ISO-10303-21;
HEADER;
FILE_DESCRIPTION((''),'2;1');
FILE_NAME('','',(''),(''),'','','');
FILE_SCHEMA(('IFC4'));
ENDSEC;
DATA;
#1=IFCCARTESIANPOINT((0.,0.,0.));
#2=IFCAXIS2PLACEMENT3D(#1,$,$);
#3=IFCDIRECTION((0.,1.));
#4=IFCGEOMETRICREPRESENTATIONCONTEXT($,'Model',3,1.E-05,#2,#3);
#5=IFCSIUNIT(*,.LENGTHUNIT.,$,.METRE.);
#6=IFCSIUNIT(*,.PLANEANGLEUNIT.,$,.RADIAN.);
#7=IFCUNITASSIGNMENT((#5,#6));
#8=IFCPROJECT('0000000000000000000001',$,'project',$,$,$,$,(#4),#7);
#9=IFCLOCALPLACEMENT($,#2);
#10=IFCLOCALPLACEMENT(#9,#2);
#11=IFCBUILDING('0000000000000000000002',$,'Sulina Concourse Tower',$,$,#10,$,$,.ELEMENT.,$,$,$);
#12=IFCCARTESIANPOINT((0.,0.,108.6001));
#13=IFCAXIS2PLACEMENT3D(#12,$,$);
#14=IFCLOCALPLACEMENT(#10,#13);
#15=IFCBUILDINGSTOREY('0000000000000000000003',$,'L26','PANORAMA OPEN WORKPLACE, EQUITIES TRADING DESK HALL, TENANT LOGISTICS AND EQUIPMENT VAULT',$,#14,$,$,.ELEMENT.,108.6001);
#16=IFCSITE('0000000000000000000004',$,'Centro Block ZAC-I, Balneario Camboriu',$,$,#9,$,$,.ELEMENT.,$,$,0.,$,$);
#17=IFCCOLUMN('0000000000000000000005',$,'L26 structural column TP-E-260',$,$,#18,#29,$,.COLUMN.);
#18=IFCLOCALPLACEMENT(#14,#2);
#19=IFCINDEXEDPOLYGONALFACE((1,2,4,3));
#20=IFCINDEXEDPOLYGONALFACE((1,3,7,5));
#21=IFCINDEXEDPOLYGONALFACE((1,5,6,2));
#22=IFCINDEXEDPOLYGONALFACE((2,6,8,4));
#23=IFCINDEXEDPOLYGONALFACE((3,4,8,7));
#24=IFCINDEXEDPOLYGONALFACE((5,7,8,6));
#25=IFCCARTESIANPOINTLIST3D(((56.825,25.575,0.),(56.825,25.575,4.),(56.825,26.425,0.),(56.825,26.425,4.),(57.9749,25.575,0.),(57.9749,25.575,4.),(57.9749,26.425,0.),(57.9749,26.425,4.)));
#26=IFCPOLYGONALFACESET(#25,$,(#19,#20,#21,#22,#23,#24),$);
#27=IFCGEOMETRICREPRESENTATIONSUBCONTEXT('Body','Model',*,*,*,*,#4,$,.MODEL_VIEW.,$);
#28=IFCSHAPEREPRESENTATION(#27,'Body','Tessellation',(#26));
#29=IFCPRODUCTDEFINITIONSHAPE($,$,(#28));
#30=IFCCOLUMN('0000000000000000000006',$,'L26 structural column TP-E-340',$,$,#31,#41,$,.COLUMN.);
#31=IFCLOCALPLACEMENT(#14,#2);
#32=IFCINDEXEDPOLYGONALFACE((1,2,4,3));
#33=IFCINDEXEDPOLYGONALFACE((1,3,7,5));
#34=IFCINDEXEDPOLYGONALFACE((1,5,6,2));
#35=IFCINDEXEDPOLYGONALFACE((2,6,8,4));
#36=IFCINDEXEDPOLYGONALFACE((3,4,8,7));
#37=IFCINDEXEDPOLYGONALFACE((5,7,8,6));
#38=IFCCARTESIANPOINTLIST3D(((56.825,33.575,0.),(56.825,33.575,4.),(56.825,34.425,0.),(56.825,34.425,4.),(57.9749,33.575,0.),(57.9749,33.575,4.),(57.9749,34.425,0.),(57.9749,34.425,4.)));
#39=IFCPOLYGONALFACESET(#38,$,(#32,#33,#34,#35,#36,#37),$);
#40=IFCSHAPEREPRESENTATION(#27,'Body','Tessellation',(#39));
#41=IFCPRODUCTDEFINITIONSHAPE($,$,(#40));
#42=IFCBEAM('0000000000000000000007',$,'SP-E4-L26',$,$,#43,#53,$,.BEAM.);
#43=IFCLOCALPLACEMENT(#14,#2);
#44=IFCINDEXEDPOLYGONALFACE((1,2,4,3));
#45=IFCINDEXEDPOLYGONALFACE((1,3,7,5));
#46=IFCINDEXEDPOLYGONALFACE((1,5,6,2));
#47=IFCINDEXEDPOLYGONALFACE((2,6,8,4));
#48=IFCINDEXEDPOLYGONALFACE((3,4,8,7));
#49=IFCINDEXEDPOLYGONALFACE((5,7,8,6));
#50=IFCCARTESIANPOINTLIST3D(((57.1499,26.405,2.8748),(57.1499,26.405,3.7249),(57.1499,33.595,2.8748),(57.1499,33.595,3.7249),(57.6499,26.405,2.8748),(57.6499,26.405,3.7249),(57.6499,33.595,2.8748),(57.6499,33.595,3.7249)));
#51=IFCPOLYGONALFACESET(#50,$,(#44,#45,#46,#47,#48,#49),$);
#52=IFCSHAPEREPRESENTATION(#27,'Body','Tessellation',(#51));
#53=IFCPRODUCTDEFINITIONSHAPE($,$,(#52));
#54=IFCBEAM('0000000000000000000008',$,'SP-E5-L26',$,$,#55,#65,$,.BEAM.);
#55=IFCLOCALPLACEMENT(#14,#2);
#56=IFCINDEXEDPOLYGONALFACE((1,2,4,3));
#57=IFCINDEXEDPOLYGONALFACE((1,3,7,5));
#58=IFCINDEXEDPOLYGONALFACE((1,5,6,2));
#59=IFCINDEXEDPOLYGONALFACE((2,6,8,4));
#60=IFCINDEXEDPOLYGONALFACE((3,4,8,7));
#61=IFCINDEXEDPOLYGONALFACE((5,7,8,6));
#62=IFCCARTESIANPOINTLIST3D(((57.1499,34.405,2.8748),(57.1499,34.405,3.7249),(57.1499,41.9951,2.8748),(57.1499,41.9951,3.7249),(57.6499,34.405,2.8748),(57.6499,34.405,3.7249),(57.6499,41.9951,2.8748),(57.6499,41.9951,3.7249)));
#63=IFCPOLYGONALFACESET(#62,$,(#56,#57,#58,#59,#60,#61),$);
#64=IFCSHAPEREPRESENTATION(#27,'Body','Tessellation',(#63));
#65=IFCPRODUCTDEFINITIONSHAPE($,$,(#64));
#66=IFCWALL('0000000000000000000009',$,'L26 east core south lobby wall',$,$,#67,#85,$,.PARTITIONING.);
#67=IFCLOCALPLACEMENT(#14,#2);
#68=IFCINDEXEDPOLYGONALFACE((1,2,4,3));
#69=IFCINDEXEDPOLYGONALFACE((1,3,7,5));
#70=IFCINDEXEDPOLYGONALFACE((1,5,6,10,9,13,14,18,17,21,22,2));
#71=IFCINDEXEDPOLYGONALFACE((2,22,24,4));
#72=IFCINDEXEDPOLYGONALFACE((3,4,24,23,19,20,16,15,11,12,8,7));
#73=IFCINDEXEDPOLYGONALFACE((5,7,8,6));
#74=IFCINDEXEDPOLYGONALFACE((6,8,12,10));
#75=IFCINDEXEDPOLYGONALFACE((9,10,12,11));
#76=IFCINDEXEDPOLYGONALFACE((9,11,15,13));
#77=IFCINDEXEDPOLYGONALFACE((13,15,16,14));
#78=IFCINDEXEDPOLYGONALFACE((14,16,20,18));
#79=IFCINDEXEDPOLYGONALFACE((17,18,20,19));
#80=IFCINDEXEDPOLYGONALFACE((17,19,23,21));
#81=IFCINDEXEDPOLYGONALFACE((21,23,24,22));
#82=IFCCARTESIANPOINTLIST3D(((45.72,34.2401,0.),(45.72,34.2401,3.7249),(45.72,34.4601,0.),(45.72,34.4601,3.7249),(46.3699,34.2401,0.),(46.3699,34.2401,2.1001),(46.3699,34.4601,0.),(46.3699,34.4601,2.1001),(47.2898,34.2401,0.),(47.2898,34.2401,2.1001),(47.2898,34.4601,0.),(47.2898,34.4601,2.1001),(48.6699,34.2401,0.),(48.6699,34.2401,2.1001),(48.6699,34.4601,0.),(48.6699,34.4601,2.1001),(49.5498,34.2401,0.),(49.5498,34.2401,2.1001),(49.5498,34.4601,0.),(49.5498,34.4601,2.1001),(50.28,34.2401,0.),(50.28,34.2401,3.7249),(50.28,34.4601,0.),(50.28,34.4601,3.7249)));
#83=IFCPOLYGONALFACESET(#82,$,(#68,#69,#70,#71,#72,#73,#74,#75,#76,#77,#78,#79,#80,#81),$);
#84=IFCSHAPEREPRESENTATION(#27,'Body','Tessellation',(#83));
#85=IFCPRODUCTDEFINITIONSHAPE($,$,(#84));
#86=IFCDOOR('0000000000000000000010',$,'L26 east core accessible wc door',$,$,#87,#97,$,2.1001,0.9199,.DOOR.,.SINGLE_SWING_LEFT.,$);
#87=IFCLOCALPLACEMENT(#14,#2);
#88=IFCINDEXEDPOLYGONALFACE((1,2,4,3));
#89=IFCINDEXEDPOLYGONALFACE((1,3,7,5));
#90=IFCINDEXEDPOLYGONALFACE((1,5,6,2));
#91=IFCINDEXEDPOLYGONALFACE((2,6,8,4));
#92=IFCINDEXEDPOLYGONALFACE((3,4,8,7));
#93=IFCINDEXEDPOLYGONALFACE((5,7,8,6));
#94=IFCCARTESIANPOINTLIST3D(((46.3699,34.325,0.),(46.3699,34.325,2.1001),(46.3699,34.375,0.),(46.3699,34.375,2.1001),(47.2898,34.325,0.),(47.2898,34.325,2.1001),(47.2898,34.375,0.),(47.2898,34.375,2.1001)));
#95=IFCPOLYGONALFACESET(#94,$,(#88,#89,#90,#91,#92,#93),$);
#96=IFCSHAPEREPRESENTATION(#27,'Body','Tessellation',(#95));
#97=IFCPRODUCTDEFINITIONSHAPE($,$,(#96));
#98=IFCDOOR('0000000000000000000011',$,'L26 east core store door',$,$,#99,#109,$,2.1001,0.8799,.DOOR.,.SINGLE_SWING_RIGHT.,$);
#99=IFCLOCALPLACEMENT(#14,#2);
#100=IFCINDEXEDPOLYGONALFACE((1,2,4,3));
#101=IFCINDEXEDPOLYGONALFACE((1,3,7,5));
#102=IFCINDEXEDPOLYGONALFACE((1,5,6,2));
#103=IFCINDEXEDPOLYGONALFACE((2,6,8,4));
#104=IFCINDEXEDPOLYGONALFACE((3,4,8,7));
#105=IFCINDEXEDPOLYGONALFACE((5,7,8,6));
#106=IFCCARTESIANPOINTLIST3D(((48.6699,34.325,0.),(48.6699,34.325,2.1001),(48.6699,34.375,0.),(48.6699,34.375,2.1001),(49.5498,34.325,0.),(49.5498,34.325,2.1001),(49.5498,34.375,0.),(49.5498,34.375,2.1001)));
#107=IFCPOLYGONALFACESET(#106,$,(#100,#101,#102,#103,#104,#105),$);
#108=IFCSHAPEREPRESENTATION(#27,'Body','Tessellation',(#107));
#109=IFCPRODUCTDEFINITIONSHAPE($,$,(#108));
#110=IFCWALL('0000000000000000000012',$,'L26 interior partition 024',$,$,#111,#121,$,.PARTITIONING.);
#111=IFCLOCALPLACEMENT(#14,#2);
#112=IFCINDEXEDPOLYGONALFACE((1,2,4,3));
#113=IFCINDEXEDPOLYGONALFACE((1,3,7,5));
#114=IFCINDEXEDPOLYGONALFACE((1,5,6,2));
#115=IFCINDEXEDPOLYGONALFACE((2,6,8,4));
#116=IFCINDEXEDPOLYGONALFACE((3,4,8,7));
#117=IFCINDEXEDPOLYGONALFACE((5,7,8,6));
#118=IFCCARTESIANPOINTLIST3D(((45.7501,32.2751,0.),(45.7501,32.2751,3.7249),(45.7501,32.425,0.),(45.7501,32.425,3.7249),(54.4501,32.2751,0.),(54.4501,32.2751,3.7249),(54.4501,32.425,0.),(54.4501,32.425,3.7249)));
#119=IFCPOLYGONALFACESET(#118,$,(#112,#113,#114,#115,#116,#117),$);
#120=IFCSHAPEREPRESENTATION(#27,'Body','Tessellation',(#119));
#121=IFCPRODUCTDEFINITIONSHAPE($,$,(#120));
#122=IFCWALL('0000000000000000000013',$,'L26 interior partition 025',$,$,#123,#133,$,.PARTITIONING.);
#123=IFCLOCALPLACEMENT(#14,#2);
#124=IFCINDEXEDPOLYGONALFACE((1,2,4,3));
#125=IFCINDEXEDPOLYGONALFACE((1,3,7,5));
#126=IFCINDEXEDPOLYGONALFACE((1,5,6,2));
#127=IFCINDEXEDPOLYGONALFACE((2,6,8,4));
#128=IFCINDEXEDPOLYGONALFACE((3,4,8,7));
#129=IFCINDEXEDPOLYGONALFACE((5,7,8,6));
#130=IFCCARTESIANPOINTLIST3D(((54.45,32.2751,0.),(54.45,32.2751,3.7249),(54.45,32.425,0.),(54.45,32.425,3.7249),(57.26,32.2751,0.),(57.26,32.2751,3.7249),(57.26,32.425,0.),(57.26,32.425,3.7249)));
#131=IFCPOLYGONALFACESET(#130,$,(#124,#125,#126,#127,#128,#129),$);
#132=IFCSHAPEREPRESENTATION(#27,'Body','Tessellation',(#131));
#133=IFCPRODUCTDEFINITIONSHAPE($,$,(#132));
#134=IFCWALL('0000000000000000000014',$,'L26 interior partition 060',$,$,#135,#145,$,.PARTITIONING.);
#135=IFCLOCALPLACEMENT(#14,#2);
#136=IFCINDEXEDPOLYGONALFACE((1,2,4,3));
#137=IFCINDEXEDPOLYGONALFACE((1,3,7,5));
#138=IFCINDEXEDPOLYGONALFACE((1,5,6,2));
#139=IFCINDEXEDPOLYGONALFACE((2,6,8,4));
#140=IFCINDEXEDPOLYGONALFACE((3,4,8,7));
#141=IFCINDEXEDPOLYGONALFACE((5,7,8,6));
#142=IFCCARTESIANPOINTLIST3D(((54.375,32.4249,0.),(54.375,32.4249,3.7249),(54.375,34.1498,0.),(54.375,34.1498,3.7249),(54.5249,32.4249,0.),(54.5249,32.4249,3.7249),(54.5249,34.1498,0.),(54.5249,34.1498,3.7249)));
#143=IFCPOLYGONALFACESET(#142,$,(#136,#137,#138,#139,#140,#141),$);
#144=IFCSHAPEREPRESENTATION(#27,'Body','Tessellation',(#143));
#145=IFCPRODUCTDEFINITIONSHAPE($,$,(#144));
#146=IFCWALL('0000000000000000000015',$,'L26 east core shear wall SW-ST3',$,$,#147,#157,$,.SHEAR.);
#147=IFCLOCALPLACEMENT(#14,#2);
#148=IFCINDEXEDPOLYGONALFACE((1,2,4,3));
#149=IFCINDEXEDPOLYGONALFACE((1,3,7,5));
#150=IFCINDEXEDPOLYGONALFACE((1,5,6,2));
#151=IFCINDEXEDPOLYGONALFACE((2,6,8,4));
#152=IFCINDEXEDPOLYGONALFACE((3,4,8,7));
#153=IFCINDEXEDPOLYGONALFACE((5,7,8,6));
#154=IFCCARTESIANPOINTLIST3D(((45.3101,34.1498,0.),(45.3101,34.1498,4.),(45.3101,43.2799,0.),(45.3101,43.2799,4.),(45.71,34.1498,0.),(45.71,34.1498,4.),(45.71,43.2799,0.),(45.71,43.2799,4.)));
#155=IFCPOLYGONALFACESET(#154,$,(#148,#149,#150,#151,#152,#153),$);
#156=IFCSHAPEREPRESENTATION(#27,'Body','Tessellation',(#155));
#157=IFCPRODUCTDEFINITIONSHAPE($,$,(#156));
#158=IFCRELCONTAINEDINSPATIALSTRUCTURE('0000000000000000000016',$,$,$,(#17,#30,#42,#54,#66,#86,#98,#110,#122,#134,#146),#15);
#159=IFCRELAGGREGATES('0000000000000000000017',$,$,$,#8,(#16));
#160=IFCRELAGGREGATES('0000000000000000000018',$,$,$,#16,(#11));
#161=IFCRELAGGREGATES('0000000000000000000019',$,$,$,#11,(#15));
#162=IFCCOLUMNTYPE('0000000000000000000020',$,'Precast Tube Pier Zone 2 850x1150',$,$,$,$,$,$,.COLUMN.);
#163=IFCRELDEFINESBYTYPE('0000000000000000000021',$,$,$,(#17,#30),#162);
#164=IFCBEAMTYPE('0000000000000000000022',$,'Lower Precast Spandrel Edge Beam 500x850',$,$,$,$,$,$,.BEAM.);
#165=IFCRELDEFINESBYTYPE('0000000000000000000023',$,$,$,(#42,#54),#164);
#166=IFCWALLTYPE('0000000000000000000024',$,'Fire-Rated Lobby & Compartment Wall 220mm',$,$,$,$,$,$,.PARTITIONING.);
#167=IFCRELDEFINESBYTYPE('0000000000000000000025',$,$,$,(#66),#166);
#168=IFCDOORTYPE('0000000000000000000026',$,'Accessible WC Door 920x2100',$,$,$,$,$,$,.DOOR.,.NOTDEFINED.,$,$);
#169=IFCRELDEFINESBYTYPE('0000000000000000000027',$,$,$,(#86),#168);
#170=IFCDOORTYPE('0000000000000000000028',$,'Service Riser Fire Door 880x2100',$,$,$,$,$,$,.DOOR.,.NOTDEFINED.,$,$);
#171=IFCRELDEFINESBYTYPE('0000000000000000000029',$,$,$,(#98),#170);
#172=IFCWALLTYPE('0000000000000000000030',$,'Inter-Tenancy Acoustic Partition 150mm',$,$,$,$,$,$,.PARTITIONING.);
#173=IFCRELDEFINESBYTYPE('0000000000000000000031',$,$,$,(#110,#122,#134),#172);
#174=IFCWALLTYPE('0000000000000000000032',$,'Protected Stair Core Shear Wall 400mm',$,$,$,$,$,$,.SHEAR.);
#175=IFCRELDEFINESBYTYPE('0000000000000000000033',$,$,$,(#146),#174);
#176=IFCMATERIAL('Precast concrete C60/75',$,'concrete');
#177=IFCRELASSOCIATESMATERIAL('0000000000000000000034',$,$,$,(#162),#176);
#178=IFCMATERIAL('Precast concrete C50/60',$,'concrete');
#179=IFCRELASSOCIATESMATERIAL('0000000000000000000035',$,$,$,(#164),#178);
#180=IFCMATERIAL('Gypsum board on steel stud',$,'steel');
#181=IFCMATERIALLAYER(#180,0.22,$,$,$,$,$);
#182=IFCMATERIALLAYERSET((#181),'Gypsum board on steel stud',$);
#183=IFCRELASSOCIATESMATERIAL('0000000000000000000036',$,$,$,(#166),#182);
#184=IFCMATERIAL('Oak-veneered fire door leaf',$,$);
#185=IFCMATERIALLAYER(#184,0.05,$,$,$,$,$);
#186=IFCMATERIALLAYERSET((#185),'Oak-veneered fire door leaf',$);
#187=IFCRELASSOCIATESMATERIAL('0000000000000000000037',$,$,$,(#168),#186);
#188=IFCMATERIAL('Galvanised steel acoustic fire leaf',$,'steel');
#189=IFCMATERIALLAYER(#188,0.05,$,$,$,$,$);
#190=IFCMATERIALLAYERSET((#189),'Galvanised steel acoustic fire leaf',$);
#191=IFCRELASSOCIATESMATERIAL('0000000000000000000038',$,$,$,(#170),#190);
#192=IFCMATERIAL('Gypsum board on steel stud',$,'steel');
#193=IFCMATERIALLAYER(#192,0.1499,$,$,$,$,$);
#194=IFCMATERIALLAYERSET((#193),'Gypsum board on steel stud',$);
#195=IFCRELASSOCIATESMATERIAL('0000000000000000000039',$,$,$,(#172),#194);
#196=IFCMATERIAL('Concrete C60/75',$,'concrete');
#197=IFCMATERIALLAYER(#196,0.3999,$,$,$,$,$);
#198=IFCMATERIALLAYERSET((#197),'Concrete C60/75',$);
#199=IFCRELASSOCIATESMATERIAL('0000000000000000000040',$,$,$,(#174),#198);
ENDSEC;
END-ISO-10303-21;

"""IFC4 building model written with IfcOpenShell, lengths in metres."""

from ifc_helpers import new_model, si_unit, direction, frame, frame_2d, origin, origin_2d, place, context, subcontext, project, spatial, rectangle, extrude, material, layer, layer_set, material_profile, profile_set, type_object, element, fill, save


model = new_model("IFC4")

# Units and contexts
model_context = context("Model", 3, precision=1e-05, world=origin(), true_north=direction((0.0, 1.0)))
body_context = subcontext(model_context, "Body", "Model", "MODEL_VIEW")
ifc_project = project(units=[si_unit("LENGTHUNIT", "METRE"), si_unit("PLANEANGLEUNIT", "RADIAN")], contexts=[model_context])

# Site, building, storey
site_placement = place(None, origin())
site = spatial("IfcSite", under=ifc_project, at=site_placement, Name="Centro Block ZAC-I, Balneario Camboriu", CompositionType="ELEMENT", RefElevation=0.0)
building_placement = place(site_placement, origin())
building = spatial("IfcBuilding", under=site, at=building_placement, Name="Sulina Concourse Tower", CompositionType="ELEMENT")
storey_placement = place(building_placement, frame((0.0, 0.0, 108.6001)))
storey = spatial("IfcBuildingStorey", under=building, at=storey_placement, Name="L26", Description="PANORAMA OPEN WORKPLACE, EQUITIES TRADING DESK HALL, TENANT LOGISTICS AND EQUIPMENT VAULT", CompositionType="ELEMENT", Elevation=108.6001)

# Columns
ifc_material_1 = material(Name="Precast concrete C60/75", Category="concrete")
ifc_material_profile_1 = material_profile(ifc_material_1, rectangle(XDim=0.8501, YDim=1.1499, at=origin_2d()), Name="PC 850x1150")
ifc_profile_set_1 = profile_set([ifc_material_profile_1], Name="Precast concrete C60/75")
column_type = type_object("IfcColumnType", Name="Precast Tube Pier Zone 2 850x1150", PredefinedType="COLUMN", material=ifc_profile_set_1)
for number, where, z_axis, x_axis, name in (
    (1, (57.3999, 26.0, 0.0), (0.0, 0.0, 1.0), (0.0, 1.0, 0.0), "L26 structural column TP-E-260"),
    (2, (57.3999, 34.0, 0.0), (0.0, 0.0, 1.0), (0.0, 1.0, 0.0), "L26 structural column TP-E-340"),
):
    element("IfcColumn", number, at=place(storey_placement, frame(where, z_axis=z_axis, x_axis=x_axis)), inside=storey, type_object=column_type, Name=name, PredefinedType="COLUMN", context=body_context, shape_type="SweptSolid", body=[
        extrude(rectangle(XDim=0.8501, YDim=1.1499, at=origin_2d()), origin(), (0.0, 0.0, 1.0), 4.0),
    ])

# Beams
ifc_material_2 = material(Name="Precast concrete C50/60", Category="concrete")
ifc_material_profile_2 = material_profile(ifc_material_2, rectangle(XDim=0.5, YDim=0.8501, at=origin_2d()), Name="RC 500x850")
ifc_profile_set_2 = profile_set([ifc_material_profile_2], Name="Precast concrete C50/60")
beam_type = type_object("IfcBeamType", Name="Lower Precast Spandrel Edge Beam 500x850", PredefinedType="BEAM", material=ifc_profile_set_2)
beam_1_placement = place(storey_placement, frame((57.3999, 26.405, 3.2998), z_axis=(0.0, 1.0, 0.0), x_axis=(-1.0, 0.0, 0.0)))
element("IfcBeam", 3, at=beam_1_placement, inside=storey, type_object=beam_type, Name="SP-E4-L26", PredefinedType="BEAM", context=body_context, shape_type="SweptSolid", body=[
    extrude(rectangle(XDim=0.5, YDim=0.8501, at=origin_2d()), origin(), (0.0, 0.0, 1.0), 7.1899),
])
beam_2_placement = place(storey_placement, frame((57.3999, 34.405, 3.2998), z_axis=(0.0, 1.0, 0.0), x_axis=(-1.0, 0.0, 0.0)))
element("IfcBeam", 4, at=beam_2_placement, inside=storey, type_object=beam_type, Name="SP-E5-L26", PredefinedType="BEAM", context=body_context, shape_type="SweptSolid", body=[
    extrude(rectangle(XDim=0.5, YDim=0.8501, at=origin_2d()), origin(), (0.0, 0.0, 1.0), 7.5901),
])

# Wall, openings, doors
ifc_material_3 = material(Name="Gypsum board on steel stud", Category="steel")
ifc_layer_1 = layer(ifc_material_3, 0.22)
ifc_layer_set_1 = layer_set([ifc_layer_1], Name="Gypsum board on steel stud")
wall_type_1 = type_object("IfcWallType", Name="Fire-Rated Lobby & Compartment Wall 220mm", PredefinedType="PARTITIONING", material=ifc_layer_set_1)
wall_1_placement = place(storey_placement, frame((45.72, 34.3501, 0.0), z_axis=(0.0, 0.0, 1.0), x_axis=(1.0, 0.0, 0.0)))
wall_1 = element("IfcWall", 5, at=wall_1_placement, inside=storey, type_object=wall_type_1, Name="L26 east core south lobby wall", PredefinedType="PARTITIONING", context=body_context, shape_type="SweptSolid", body=[
    extrude(rectangle(XDim=4.5601, YDim=0.22, at=frame_2d((2.28, 0.0))), origin(), (0.0, 0.0, 1.0), 3.7249),
])
opening_1_placement = place(wall_1_placement, frame((0.6499, 0.0, 0.0)))
opening_1 = element("IfcOpeningElement", 6, at=opening_1_placement, cuts=wall_1, PredefinedType="OPENING", context=body_context, shape_type="SweptSolid", body=[
    extrude(rectangle(XDim=0.9199, YDim=2.1001, at=frame_2d((0.46, 1.05))), frame((0.0, 0.1199, 0.0), z_axis=(0.0, -1.0, 0.0), x_axis=(1.0, 0.0, 0.0)), (0.0, 0.0, 1.0), 0.24),
])
opening_2_placement = place(wall_1_placement, frame((2.95, 0.0, 0.0)))
opening_2 = element("IfcOpeningElement", 7, at=opening_2_placement, cuts=wall_1, PredefinedType="OPENING", context=body_context, shape_type="SweptSolid", body=[
    extrude(rectangle(XDim=0.8799, YDim=2.1001, at=frame_2d((0.4399, 1.05))), frame((0.0, 0.1199, 0.0), z_axis=(0.0, -1.0, 0.0), x_axis=(1.0, 0.0, 0.0)), (0.0, 0.0, 1.0), 0.24),
])
ifc_material_4 = material(Name="Oak-veneered fire door leaf")
ifc_layer_2 = layer(ifc_material_4, 0.05)
ifc_layer_set_2 = layer_set([ifc_layer_2], Name="Oak-veneered fire door leaf")
door_type_1 = type_object("IfcDoorType", Name="Accessible WC Door 920x2100", OperationType="NOTDEFINED", PredefinedType="DOOR", material=ifc_layer_set_2)
door_1_placement = place(opening_1_placement, origin())
door_1 = element("IfcDoor", 8, at=door_1_placement, inside=storey, type_object=door_type_1, Name="L26 east core accessible wc door", OperationType="SINGLE_SWING_LEFT", OverallHeight=2.1001, OverallWidth=0.9199, PredefinedType="DOOR", context=body_context, shape_type="SweptSolid", body=[
    extrude(rectangle(XDim=0.9199, YDim=2.1001, at=frame_2d((0.46, 1.05))), frame((0.0, 0.0249, 0.0), z_axis=(0.0, -1.0, 0.0), x_axis=(1.0, 0.0, 0.0)), (0.0, 0.0, 1.0), 0.05),
])
fill(opening_1, door_1)
ifc_material_5 = material(Name="Galvanised steel acoustic fire leaf", Category="steel")
ifc_layer_3 = layer(ifc_material_5, 0.05)
ifc_layer_set_3 = layer_set([ifc_layer_3], Name="Galvanised steel acoustic fire leaf")
door_type_2 = type_object("IfcDoorType", Name="Service Riser Fire Door 880x2100", OperationType="NOTDEFINED", PredefinedType="DOOR", material=ifc_layer_set_3)
door_2_placement = place(opening_2_placement, origin())
door_2 = element("IfcDoor", 9, at=door_2_placement, inside=storey, type_object=door_type_2, Name="L26 east core store door", OperationType="SINGLE_SWING_RIGHT", OverallHeight=2.1001, OverallWidth=0.8799, PredefinedType="DOOR", context=body_context, shape_type="SweptSolid", body=[
    extrude(rectangle(XDim=0.8799, YDim=2.1001, at=frame_2d((0.4399, 1.05))), frame((0.0, 0.0249, 0.0), z_axis=(0.0, -1.0, 0.0), x_axis=(1.0, 0.0, 0.0)), (0.0, 0.0, 1.0), 0.05),
])
fill(opening_2, door_2)

# Walls
ifc_material_6 = material(Name="Gypsum board on steel stud", Category="steel")
ifc_layer_4 = layer(ifc_material_6, 0.1499)
ifc_layer_set_4 = layer_set([ifc_layer_4], Name="Gypsum board on steel stud")
wall_type_2 = type_object("IfcWallType", Name="Inter-Tenancy Acoustic Partition 150mm", PredefinedType="PARTITIONING", material=ifc_layer_set_4)
wall_2_placement = place(storey_placement, frame((45.75, 32.3501, 0.0), z_axis=(0.0, 0.0, 1.0), x_axis=(1.0, 0.0, 0.0)))
element("IfcWall", 10, at=wall_2_placement, inside=storey, type_object=wall_type_2, Name="L26 interior partition 024", PredefinedType="PARTITIONING", context=body_context, shape_type="SweptSolid", body=[
    extrude(rectangle(XDim=8.7, YDim=0.1499, at=frame_2d((4.3501, 0.0))), origin(), (0.0, 0.0, 1.0), 3.7249),
])
wall_3_placement = place(storey_placement, frame((54.45, 32.3501, 0.0), z_axis=(0.0, 0.0, 1.0), x_axis=(1.0, 0.0, 0.0)))
element("IfcWall", 11, at=wall_3_placement, inside=storey, type_object=wall_type_2, Name="L26 interior partition 025", PredefinedType="PARTITIONING", context=body_context, shape_type="SweptSolid", body=[
    extrude(rectangle(XDim=2.8101, YDim=0.1499, at=frame_2d((1.405, 0.0))), origin(), (0.0, 0.0, 1.0), 3.7249),
])
wall_4_placement = place(storey_placement, frame((54.45, 32.425, 0.0), z_axis=(0.0, 0.0, 1.0), x_axis=(0.0, 1.0, 0.0)))
element("IfcWall", 12, at=wall_4_placement, inside=storey, type_object=wall_type_2, Name="L26 interior partition 060", PredefinedType="PARTITIONING", context=body_context, shape_type="SweptSolid", body=[
    extrude(rectangle(XDim=1.7249, YDim=0.1499, at=frame_2d((0.8623, 0.0))), origin(), (0.0, 0.0, 1.0), 3.7249),
])
ifc_material_7 = material(Name="Concrete C60/75", Category="concrete")
ifc_layer_5 = layer(ifc_material_7, 0.3999)
ifc_layer_set_5 = layer_set([ifc_layer_5], Name="Concrete C60/75")
wall_type_3 = type_object("IfcWallType", Name="Protected Stair Core Shear Wall 400mm", PredefinedType="SHEAR", material=ifc_layer_set_5)
wall_5_placement = place(storey_placement, frame((45.51, 34.1499, 0.0), z_axis=(0.0, 0.0, 1.0), x_axis=(0.0, 1.0, 0.0)))
element("IfcWall", 13, at=wall_5_placement, inside=storey, type_object=wall_type_3, Name="L26 east core shear wall SW-ST3", PredefinedType="SHEAR", context=body_context, shape_type="SweptSolid", body=[
    extrude(rectangle(XDim=9.1301, YDim=0.3999, at=frame_2d((4.5649, 0.0))), origin(), (0.0, 0.0, 1.0), 4.0),
])

save(model, "model.ifc")
